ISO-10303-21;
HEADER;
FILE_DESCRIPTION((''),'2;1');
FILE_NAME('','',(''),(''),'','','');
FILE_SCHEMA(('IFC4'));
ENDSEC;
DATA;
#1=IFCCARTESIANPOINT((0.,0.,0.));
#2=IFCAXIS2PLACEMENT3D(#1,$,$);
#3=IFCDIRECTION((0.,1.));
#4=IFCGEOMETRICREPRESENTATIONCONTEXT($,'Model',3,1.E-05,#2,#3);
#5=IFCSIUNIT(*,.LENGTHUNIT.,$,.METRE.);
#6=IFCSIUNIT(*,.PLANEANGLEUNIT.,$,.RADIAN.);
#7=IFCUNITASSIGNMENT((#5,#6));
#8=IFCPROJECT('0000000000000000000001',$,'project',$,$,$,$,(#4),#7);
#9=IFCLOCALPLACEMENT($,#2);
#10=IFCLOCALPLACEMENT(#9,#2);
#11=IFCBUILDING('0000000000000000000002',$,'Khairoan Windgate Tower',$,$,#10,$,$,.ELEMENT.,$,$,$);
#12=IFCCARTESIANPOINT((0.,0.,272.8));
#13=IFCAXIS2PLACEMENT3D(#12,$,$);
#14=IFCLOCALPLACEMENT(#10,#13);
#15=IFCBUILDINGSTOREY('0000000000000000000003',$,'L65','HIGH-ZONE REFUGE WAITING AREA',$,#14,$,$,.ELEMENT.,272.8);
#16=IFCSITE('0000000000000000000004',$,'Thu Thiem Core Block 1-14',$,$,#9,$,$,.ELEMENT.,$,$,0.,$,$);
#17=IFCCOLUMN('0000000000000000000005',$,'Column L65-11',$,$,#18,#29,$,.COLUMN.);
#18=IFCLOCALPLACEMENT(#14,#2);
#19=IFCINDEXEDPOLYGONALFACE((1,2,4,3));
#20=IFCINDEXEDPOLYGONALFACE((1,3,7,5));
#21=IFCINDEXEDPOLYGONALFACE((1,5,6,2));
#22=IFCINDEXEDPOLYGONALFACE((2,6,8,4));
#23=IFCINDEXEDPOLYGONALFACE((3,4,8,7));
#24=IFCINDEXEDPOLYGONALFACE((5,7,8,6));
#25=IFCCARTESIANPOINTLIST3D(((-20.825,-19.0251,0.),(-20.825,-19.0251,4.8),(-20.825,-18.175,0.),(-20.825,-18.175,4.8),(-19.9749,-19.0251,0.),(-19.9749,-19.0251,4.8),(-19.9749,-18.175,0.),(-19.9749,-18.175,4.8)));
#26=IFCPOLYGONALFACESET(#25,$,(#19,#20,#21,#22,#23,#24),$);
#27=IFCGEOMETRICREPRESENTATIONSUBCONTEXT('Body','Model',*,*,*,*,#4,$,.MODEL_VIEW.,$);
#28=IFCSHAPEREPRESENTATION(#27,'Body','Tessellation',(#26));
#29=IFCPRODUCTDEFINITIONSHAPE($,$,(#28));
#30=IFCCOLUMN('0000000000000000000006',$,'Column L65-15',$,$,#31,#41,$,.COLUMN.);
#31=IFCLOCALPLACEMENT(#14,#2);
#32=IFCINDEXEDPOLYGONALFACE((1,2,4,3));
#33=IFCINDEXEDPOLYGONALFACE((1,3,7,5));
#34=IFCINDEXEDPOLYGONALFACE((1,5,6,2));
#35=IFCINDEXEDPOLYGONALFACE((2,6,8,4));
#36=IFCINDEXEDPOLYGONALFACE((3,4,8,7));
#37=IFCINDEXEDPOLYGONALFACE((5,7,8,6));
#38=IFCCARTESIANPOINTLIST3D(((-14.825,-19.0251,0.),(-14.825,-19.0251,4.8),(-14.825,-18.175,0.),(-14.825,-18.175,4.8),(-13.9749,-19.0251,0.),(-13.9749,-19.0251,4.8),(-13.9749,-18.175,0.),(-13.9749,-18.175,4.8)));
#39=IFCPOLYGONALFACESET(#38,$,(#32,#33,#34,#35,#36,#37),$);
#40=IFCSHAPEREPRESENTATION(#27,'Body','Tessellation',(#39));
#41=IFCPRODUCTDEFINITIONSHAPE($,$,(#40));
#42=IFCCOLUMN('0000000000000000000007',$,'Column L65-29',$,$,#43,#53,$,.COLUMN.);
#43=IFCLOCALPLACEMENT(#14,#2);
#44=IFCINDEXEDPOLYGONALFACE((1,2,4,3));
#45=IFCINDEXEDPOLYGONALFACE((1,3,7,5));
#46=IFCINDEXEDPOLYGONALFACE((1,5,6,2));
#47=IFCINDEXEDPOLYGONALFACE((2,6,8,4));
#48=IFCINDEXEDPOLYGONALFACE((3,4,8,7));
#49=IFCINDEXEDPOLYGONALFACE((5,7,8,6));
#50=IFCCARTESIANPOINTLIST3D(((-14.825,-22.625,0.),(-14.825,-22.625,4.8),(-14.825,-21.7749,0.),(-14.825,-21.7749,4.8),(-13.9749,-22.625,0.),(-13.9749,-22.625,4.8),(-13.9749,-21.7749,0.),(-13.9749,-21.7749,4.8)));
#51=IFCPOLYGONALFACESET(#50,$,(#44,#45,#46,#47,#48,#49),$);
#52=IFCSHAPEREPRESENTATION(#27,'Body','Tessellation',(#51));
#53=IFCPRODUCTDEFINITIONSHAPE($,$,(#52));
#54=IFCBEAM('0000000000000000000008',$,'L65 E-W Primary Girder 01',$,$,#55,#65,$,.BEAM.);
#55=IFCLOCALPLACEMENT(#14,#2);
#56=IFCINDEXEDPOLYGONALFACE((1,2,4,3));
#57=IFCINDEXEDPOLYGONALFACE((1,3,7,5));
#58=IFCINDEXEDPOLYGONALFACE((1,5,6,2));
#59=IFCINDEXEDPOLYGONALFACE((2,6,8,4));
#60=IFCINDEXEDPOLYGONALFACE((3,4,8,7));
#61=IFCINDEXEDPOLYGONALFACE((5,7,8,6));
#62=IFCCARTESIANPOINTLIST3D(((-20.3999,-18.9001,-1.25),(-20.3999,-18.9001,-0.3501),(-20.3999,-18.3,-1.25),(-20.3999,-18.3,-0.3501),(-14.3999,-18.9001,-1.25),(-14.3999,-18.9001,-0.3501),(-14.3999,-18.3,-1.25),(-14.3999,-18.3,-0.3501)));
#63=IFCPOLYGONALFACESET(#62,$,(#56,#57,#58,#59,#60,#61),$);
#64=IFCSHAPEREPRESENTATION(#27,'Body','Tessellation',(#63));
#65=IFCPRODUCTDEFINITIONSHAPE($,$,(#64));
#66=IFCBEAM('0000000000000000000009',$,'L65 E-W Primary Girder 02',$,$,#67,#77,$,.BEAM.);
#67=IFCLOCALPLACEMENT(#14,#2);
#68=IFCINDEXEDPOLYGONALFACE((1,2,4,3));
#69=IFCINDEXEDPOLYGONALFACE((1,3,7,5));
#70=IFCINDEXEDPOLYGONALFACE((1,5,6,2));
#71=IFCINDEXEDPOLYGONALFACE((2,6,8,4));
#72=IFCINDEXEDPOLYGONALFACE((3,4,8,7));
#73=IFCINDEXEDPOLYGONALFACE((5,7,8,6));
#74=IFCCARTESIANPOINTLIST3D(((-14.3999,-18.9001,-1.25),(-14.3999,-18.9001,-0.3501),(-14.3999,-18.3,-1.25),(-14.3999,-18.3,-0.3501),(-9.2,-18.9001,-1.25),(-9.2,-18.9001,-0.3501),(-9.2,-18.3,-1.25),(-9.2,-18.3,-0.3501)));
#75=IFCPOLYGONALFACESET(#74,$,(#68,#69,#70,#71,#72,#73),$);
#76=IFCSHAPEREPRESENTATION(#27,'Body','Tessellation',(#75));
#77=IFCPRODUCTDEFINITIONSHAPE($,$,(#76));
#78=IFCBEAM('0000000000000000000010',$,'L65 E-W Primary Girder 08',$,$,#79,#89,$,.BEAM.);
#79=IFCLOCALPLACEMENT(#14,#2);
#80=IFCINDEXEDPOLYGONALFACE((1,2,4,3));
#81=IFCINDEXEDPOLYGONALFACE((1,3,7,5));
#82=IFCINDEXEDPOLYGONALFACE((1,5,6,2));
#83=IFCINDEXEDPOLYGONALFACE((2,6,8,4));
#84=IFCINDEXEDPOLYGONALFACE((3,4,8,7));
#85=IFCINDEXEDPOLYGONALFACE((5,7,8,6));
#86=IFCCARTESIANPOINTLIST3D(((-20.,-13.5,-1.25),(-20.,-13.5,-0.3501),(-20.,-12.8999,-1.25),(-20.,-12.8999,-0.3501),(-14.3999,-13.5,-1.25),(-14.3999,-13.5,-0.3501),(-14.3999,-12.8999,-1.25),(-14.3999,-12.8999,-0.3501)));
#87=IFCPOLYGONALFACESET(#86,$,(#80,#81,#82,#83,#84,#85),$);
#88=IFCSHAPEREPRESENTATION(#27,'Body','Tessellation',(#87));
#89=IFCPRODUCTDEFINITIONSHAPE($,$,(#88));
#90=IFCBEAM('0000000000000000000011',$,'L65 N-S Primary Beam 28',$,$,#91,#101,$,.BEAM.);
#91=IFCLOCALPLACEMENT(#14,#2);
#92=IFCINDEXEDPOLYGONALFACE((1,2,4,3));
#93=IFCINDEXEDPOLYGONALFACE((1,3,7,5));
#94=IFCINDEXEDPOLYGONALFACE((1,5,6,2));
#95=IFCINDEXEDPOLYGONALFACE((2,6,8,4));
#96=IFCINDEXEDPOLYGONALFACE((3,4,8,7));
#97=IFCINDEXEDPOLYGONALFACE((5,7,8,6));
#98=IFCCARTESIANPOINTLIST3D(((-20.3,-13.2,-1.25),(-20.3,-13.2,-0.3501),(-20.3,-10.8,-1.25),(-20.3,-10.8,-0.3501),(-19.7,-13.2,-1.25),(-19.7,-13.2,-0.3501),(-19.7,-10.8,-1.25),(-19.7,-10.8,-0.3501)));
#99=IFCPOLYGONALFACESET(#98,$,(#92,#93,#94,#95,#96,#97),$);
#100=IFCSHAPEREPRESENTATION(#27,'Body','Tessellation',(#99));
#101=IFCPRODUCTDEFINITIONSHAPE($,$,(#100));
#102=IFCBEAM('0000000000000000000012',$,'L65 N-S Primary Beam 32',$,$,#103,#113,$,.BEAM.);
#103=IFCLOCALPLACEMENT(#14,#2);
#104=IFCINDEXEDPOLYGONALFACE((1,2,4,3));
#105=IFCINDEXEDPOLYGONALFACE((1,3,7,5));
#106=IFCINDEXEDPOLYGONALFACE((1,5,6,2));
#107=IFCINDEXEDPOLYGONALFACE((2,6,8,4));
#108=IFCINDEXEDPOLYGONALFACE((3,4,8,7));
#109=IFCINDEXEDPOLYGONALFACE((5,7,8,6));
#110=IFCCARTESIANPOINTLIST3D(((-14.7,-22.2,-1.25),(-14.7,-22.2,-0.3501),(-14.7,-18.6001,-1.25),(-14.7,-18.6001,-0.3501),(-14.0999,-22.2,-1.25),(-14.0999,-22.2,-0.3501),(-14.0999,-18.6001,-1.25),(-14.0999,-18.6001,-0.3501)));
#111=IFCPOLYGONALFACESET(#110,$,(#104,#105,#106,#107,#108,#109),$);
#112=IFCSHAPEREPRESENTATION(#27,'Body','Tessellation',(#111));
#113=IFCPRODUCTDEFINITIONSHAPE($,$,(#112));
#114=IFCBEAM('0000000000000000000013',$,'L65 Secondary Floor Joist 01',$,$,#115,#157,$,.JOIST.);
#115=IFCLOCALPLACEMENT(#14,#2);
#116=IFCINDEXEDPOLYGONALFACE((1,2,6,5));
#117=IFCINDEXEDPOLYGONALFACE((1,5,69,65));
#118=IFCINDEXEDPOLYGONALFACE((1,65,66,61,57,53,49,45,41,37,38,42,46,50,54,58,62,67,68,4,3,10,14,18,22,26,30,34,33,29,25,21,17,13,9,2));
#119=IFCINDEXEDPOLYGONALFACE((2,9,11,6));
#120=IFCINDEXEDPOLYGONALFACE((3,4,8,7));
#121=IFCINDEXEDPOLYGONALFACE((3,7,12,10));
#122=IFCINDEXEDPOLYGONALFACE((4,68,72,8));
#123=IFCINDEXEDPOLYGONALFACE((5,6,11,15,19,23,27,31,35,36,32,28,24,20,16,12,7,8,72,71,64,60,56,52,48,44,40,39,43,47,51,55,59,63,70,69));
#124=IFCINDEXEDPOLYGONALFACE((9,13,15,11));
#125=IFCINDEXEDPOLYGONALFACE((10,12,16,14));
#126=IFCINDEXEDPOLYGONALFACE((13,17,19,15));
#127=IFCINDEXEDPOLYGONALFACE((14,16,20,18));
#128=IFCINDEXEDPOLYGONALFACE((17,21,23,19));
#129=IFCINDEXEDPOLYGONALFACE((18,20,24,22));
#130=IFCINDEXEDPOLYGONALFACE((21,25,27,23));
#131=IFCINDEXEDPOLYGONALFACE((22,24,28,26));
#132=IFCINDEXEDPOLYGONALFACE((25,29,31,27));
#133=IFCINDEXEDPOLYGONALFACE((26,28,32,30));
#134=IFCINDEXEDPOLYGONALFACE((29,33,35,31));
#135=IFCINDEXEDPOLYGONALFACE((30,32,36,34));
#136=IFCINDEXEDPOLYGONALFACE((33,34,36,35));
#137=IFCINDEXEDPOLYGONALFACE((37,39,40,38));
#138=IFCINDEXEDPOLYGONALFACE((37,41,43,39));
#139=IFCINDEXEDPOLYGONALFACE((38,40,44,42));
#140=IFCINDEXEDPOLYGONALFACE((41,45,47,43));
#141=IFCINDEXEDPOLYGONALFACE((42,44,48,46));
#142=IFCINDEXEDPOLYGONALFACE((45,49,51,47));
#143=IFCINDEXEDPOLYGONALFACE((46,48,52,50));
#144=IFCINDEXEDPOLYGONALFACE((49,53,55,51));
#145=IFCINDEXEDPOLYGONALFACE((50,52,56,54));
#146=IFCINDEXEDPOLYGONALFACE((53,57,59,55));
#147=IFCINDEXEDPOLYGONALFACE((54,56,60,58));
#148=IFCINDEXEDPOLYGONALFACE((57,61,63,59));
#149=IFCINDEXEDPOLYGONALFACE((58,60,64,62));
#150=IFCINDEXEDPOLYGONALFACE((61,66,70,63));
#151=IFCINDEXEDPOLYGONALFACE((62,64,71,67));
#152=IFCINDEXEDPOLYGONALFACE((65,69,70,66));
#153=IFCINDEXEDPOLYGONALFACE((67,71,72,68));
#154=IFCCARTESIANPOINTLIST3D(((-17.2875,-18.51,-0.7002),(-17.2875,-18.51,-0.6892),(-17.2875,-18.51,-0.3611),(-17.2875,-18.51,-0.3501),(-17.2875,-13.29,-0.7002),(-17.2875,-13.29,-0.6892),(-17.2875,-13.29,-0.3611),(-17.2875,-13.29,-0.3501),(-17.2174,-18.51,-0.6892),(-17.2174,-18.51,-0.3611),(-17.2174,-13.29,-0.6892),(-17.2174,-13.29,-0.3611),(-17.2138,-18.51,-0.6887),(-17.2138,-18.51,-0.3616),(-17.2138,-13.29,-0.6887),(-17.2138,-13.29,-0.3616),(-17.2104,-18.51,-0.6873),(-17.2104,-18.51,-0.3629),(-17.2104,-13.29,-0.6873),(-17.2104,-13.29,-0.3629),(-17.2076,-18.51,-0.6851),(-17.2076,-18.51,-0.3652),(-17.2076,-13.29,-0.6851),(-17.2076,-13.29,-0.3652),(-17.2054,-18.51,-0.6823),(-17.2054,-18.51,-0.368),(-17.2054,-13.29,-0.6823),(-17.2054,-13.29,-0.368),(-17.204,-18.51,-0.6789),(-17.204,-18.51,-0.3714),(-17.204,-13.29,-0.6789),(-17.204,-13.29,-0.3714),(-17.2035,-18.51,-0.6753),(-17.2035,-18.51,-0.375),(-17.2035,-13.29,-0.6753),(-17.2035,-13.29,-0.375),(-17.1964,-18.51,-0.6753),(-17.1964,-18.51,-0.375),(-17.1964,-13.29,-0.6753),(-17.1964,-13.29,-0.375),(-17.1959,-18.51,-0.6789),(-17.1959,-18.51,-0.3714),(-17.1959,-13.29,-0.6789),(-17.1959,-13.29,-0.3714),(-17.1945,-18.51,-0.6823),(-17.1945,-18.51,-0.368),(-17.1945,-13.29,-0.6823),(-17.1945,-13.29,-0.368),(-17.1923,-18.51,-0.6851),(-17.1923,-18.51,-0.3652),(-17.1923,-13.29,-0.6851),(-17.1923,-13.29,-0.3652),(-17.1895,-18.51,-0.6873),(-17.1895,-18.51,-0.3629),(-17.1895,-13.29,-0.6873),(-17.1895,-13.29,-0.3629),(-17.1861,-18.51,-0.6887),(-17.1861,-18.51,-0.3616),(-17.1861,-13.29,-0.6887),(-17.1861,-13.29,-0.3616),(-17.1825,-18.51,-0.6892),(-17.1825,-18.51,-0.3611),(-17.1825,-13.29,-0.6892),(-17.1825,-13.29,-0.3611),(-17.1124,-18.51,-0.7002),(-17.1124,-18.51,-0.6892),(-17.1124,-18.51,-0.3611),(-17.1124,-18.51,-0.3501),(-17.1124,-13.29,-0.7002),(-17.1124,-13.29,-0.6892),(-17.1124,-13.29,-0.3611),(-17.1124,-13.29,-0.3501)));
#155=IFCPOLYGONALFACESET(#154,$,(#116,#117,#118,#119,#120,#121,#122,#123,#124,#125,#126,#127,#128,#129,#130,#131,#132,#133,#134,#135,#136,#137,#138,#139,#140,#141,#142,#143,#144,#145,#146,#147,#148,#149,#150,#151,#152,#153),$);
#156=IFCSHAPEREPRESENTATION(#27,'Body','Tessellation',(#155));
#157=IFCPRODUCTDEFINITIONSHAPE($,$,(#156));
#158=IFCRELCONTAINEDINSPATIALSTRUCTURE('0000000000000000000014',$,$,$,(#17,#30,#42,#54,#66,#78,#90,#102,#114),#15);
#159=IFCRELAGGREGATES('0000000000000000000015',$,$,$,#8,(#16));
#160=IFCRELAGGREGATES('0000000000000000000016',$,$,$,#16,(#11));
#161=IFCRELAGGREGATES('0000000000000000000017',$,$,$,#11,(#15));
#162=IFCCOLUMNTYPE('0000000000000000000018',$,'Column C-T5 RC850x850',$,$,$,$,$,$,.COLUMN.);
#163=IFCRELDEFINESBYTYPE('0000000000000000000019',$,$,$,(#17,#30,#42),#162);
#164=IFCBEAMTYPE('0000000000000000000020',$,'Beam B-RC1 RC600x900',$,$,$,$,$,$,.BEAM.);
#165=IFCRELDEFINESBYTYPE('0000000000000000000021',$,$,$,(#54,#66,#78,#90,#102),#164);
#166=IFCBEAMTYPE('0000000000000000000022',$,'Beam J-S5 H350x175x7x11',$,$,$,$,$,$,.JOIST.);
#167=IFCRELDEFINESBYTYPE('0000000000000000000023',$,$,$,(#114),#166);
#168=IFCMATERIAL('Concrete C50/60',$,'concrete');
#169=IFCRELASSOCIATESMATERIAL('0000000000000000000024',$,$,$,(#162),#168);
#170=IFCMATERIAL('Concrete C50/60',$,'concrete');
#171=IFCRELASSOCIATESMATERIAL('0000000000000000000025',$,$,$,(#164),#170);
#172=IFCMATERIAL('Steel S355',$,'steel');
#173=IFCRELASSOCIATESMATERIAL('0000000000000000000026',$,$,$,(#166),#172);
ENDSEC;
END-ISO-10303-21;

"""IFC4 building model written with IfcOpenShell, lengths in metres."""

from ifc_helpers import new_model, si_unit, direction, frame, origin, origin_2d, place, context, subcontext, project, spatial, rectangle, i_section, extrude, material, material_profile, profile_set, type_object, element, save


model = new_model("IFC4")

# Units and contexts
model_context = context("Model", 3, precision=1e-05, world=origin(), true_north=direction((0.0, 1.0)))
body_context = subcontext(model_context, "Body", "Model", "MODEL_VIEW")
ifc_project = project(units=[si_unit("LENGTHUNIT", "METRE"), si_unit("PLANEANGLEUNIT", "RADIAN")], contexts=[model_context])

# Site, building, storey
site_placement = place(None, origin())
site = spatial("IfcSite", under=ifc_project, at=site_placement, Name="Thu Thiem Core Block 1-14", CompositionType="ELEMENT", RefElevation=0.0)
building_placement = place(site_placement, origin())
building = spatial("IfcBuilding", under=site, at=building_placement, Name="Khairoan Windgate Tower", CompositionType="ELEMENT")
storey_placement = place(building_placement, frame((0.0, 0.0, 272.8)))
storey = spatial("IfcBuildingStorey", under=building, at=storey_placement, Name="L65", Description="HIGH-ZONE REFUGE WAITING AREA", CompositionType="ELEMENT", Elevation=272.8)

# Columns
ifc_material_1 = material(Name="Concrete C50/60", Category="concrete")
ifc_material_profile_1 = material_profile(ifc_material_1, rectangle(XDim=0.8501, YDim=0.8501, at=origin_2d()))
ifc_profile_set_1 = profile_set([ifc_material_profile_1], Name="Concrete C50/60")
column_type = type_object("IfcColumnType", Name="Column C-T5 RC850x850", PredefinedType="COLUMN", material=ifc_profile_set_1)
for number, where, z_axis, x_axis, name in (
    (1, (-20.3999, -18.6001, 0.0), (0.0, 0.0, 1.0), (1.0, 0.0, 0.0), "Column L65-11"),
    (2, (-14.3999, -18.6001, 0.0), (0.0, 0.0, 1.0), (1.0, 0.0, 0.0), "Column L65-15"),
    (3, (-14.3999, -22.2, 0.0), (0.0, 0.0, 1.0), (1.0, 0.0, 0.0), "Column L65-29"),
):
    element("IfcColumn", number, at=place(storey_placement, frame(where, z_axis=z_axis, x_axis=x_axis)), inside=storey, type_object=column_type, Name=name, PredefinedType="COLUMN", context=body_context, shape_type="SweptSolid", body=[
        extrude(rectangle(XDim=0.8501, YDim=0.8501, at=origin_2d()), origin(), (0.0, 0.0, 1.0), 4.8),
    ])

# Beams
ifc_material_2 = material(Name="Concrete C50/60", Category="concrete")
ifc_material_profile_2 = material_profile(ifc_material_2, rectangle(XDim=0.6001, YDim=0.8999, at=origin_2d()))
ifc_profile_set_2 = profile_set([ifc_material_profile_2], Name="Concrete C50/60")
beam_type_1 = type_object("IfcBeamType", Name="Beam B-RC1 RC600x900", PredefinedType="BEAM", material=ifc_profile_set_2)
beam_1_placement = place(storey_placement, frame((-20.3999, -18.6001, -0.8), z_axis=(1.0, 0.0, 0.0), x_axis=(0.0, 1.0, 0.0)))
element("IfcBeam", 4, at=beam_1_placement, inside=storey, type_object=beam_type_1, Name="L65 E-W Primary Girder 01", PredefinedType="BEAM", context=body_context, shape_type="SweptSolid", body=[
    extrude(rectangle(XDim=0.6001, YDim=0.8999, at=origin_2d()), origin(), (0.0, 0.0, 1.0), 6.0),
])
beam_2_placement = place(storey_placement, frame((-14.3999, -18.6001, -0.8), z_axis=(1.0, 0.0, 0.0), x_axis=(0.0, 1.0, 0.0)))
element("IfcBeam", 5, at=beam_2_placement, inside=storey, type_object=beam_type_1, Name="L65 E-W Primary Girder 02", PredefinedType="BEAM", context=body_context, shape_type="SweptSolid", body=[
    extrude(rectangle(XDim=0.6001, YDim=0.8999, at=origin_2d()), origin(), (0.0, 0.0, 1.0), 5.2),
])
beam_3_placement = place(storey_placement, frame((-20.0, -13.2, -0.8), z_axis=(1.0, 0.0, 0.0), x_axis=(0.0, 1.0, 0.0)))
element("IfcBeam", 6, at=beam_3_placement, inside=storey, type_object=beam_type_1, Name="L65 E-W Primary Girder 08", PredefinedType="BEAM", context=body_context, shape_type="SweptSolid", body=[
    extrude(rectangle(XDim=0.6001, YDim=0.8999, at=origin_2d()), origin(), (0.0, 0.0, 1.0), 5.6001),
])
beam_4_placement = place(storey_placement, frame((-20.0, -13.2, -0.8), z_axis=(0.0, 1.0, 0.0), x_axis=(-1.0, 0.0, 0.0)))
element("IfcBeam", 7, at=beam_4_placement, inside=storey, type_object=beam_type_1, Name="L65 N-S Primary Beam 28", PredefinedType="BEAM", context=body_context, shape_type="SweptSolid", body=[
    extrude(rectangle(XDim=0.6001, YDim=0.8999, at=origin_2d()), origin(), (0.0, 0.0, 1.0), 2.3999),
])
beam_5_placement = place(storey_placement, frame((-14.3999, -22.2, -0.8), z_axis=(0.0, 1.0, 0.0), x_axis=(-1.0, 0.0, 0.0)))
element("IfcBeam", 8, at=beam_5_placement, inside=storey, type_object=beam_type_1, Name="L65 N-S Primary Beam 32", PredefinedType="BEAM", context=body_context, shape_type="SweptSolid", body=[
    extrude(rectangle(XDim=0.6001, YDim=0.8999, at=origin_2d()), origin(), (0.0, 0.0, 1.0), 3.5999),
])
ifc_material_3 = material(Name="Steel S355", Category="steel")
ifc_material_profile_3 = material_profile(ifc_material_3, i_section(OverallWidth=0.175, OverallDepth=0.3501, WebThickness=0.0071, FlangeThickness=0.011, FilletRadius=0.0139, at=origin_2d()))
ifc_profile_set_3 = profile_set([ifc_material_profile_3], Name="Steel S355")
beam_type_2 = type_object("IfcBeamType", Name="Beam J-S5 H350x175x7x11", PredefinedType="JOIST", material=ifc_profile_set_3)
beam_6_placement = place(storey_placement, frame((-17.2, -18.51, -0.5251), z_axis=(0.0, 1.0, 0.0), x_axis=(-1.0, 0.0, 0.0)))
element("IfcBeam", 9, at=beam_6_placement, inside=storey, type_object=beam_type_2, Name="L65 Secondary Floor Joist 01", PredefinedType="JOIST", context=body_context, shape_type="SweptSolid", body=[
    extrude(i_section(OverallWidth=0.175, OverallDepth=0.3501, WebThickness=0.0071, FlangeThickness=0.011, FilletRadius=0.0139, at=origin_2d()), origin(), (0.0, 0.0, 1.0), 5.22),
])

save(model, "model.ifc")
